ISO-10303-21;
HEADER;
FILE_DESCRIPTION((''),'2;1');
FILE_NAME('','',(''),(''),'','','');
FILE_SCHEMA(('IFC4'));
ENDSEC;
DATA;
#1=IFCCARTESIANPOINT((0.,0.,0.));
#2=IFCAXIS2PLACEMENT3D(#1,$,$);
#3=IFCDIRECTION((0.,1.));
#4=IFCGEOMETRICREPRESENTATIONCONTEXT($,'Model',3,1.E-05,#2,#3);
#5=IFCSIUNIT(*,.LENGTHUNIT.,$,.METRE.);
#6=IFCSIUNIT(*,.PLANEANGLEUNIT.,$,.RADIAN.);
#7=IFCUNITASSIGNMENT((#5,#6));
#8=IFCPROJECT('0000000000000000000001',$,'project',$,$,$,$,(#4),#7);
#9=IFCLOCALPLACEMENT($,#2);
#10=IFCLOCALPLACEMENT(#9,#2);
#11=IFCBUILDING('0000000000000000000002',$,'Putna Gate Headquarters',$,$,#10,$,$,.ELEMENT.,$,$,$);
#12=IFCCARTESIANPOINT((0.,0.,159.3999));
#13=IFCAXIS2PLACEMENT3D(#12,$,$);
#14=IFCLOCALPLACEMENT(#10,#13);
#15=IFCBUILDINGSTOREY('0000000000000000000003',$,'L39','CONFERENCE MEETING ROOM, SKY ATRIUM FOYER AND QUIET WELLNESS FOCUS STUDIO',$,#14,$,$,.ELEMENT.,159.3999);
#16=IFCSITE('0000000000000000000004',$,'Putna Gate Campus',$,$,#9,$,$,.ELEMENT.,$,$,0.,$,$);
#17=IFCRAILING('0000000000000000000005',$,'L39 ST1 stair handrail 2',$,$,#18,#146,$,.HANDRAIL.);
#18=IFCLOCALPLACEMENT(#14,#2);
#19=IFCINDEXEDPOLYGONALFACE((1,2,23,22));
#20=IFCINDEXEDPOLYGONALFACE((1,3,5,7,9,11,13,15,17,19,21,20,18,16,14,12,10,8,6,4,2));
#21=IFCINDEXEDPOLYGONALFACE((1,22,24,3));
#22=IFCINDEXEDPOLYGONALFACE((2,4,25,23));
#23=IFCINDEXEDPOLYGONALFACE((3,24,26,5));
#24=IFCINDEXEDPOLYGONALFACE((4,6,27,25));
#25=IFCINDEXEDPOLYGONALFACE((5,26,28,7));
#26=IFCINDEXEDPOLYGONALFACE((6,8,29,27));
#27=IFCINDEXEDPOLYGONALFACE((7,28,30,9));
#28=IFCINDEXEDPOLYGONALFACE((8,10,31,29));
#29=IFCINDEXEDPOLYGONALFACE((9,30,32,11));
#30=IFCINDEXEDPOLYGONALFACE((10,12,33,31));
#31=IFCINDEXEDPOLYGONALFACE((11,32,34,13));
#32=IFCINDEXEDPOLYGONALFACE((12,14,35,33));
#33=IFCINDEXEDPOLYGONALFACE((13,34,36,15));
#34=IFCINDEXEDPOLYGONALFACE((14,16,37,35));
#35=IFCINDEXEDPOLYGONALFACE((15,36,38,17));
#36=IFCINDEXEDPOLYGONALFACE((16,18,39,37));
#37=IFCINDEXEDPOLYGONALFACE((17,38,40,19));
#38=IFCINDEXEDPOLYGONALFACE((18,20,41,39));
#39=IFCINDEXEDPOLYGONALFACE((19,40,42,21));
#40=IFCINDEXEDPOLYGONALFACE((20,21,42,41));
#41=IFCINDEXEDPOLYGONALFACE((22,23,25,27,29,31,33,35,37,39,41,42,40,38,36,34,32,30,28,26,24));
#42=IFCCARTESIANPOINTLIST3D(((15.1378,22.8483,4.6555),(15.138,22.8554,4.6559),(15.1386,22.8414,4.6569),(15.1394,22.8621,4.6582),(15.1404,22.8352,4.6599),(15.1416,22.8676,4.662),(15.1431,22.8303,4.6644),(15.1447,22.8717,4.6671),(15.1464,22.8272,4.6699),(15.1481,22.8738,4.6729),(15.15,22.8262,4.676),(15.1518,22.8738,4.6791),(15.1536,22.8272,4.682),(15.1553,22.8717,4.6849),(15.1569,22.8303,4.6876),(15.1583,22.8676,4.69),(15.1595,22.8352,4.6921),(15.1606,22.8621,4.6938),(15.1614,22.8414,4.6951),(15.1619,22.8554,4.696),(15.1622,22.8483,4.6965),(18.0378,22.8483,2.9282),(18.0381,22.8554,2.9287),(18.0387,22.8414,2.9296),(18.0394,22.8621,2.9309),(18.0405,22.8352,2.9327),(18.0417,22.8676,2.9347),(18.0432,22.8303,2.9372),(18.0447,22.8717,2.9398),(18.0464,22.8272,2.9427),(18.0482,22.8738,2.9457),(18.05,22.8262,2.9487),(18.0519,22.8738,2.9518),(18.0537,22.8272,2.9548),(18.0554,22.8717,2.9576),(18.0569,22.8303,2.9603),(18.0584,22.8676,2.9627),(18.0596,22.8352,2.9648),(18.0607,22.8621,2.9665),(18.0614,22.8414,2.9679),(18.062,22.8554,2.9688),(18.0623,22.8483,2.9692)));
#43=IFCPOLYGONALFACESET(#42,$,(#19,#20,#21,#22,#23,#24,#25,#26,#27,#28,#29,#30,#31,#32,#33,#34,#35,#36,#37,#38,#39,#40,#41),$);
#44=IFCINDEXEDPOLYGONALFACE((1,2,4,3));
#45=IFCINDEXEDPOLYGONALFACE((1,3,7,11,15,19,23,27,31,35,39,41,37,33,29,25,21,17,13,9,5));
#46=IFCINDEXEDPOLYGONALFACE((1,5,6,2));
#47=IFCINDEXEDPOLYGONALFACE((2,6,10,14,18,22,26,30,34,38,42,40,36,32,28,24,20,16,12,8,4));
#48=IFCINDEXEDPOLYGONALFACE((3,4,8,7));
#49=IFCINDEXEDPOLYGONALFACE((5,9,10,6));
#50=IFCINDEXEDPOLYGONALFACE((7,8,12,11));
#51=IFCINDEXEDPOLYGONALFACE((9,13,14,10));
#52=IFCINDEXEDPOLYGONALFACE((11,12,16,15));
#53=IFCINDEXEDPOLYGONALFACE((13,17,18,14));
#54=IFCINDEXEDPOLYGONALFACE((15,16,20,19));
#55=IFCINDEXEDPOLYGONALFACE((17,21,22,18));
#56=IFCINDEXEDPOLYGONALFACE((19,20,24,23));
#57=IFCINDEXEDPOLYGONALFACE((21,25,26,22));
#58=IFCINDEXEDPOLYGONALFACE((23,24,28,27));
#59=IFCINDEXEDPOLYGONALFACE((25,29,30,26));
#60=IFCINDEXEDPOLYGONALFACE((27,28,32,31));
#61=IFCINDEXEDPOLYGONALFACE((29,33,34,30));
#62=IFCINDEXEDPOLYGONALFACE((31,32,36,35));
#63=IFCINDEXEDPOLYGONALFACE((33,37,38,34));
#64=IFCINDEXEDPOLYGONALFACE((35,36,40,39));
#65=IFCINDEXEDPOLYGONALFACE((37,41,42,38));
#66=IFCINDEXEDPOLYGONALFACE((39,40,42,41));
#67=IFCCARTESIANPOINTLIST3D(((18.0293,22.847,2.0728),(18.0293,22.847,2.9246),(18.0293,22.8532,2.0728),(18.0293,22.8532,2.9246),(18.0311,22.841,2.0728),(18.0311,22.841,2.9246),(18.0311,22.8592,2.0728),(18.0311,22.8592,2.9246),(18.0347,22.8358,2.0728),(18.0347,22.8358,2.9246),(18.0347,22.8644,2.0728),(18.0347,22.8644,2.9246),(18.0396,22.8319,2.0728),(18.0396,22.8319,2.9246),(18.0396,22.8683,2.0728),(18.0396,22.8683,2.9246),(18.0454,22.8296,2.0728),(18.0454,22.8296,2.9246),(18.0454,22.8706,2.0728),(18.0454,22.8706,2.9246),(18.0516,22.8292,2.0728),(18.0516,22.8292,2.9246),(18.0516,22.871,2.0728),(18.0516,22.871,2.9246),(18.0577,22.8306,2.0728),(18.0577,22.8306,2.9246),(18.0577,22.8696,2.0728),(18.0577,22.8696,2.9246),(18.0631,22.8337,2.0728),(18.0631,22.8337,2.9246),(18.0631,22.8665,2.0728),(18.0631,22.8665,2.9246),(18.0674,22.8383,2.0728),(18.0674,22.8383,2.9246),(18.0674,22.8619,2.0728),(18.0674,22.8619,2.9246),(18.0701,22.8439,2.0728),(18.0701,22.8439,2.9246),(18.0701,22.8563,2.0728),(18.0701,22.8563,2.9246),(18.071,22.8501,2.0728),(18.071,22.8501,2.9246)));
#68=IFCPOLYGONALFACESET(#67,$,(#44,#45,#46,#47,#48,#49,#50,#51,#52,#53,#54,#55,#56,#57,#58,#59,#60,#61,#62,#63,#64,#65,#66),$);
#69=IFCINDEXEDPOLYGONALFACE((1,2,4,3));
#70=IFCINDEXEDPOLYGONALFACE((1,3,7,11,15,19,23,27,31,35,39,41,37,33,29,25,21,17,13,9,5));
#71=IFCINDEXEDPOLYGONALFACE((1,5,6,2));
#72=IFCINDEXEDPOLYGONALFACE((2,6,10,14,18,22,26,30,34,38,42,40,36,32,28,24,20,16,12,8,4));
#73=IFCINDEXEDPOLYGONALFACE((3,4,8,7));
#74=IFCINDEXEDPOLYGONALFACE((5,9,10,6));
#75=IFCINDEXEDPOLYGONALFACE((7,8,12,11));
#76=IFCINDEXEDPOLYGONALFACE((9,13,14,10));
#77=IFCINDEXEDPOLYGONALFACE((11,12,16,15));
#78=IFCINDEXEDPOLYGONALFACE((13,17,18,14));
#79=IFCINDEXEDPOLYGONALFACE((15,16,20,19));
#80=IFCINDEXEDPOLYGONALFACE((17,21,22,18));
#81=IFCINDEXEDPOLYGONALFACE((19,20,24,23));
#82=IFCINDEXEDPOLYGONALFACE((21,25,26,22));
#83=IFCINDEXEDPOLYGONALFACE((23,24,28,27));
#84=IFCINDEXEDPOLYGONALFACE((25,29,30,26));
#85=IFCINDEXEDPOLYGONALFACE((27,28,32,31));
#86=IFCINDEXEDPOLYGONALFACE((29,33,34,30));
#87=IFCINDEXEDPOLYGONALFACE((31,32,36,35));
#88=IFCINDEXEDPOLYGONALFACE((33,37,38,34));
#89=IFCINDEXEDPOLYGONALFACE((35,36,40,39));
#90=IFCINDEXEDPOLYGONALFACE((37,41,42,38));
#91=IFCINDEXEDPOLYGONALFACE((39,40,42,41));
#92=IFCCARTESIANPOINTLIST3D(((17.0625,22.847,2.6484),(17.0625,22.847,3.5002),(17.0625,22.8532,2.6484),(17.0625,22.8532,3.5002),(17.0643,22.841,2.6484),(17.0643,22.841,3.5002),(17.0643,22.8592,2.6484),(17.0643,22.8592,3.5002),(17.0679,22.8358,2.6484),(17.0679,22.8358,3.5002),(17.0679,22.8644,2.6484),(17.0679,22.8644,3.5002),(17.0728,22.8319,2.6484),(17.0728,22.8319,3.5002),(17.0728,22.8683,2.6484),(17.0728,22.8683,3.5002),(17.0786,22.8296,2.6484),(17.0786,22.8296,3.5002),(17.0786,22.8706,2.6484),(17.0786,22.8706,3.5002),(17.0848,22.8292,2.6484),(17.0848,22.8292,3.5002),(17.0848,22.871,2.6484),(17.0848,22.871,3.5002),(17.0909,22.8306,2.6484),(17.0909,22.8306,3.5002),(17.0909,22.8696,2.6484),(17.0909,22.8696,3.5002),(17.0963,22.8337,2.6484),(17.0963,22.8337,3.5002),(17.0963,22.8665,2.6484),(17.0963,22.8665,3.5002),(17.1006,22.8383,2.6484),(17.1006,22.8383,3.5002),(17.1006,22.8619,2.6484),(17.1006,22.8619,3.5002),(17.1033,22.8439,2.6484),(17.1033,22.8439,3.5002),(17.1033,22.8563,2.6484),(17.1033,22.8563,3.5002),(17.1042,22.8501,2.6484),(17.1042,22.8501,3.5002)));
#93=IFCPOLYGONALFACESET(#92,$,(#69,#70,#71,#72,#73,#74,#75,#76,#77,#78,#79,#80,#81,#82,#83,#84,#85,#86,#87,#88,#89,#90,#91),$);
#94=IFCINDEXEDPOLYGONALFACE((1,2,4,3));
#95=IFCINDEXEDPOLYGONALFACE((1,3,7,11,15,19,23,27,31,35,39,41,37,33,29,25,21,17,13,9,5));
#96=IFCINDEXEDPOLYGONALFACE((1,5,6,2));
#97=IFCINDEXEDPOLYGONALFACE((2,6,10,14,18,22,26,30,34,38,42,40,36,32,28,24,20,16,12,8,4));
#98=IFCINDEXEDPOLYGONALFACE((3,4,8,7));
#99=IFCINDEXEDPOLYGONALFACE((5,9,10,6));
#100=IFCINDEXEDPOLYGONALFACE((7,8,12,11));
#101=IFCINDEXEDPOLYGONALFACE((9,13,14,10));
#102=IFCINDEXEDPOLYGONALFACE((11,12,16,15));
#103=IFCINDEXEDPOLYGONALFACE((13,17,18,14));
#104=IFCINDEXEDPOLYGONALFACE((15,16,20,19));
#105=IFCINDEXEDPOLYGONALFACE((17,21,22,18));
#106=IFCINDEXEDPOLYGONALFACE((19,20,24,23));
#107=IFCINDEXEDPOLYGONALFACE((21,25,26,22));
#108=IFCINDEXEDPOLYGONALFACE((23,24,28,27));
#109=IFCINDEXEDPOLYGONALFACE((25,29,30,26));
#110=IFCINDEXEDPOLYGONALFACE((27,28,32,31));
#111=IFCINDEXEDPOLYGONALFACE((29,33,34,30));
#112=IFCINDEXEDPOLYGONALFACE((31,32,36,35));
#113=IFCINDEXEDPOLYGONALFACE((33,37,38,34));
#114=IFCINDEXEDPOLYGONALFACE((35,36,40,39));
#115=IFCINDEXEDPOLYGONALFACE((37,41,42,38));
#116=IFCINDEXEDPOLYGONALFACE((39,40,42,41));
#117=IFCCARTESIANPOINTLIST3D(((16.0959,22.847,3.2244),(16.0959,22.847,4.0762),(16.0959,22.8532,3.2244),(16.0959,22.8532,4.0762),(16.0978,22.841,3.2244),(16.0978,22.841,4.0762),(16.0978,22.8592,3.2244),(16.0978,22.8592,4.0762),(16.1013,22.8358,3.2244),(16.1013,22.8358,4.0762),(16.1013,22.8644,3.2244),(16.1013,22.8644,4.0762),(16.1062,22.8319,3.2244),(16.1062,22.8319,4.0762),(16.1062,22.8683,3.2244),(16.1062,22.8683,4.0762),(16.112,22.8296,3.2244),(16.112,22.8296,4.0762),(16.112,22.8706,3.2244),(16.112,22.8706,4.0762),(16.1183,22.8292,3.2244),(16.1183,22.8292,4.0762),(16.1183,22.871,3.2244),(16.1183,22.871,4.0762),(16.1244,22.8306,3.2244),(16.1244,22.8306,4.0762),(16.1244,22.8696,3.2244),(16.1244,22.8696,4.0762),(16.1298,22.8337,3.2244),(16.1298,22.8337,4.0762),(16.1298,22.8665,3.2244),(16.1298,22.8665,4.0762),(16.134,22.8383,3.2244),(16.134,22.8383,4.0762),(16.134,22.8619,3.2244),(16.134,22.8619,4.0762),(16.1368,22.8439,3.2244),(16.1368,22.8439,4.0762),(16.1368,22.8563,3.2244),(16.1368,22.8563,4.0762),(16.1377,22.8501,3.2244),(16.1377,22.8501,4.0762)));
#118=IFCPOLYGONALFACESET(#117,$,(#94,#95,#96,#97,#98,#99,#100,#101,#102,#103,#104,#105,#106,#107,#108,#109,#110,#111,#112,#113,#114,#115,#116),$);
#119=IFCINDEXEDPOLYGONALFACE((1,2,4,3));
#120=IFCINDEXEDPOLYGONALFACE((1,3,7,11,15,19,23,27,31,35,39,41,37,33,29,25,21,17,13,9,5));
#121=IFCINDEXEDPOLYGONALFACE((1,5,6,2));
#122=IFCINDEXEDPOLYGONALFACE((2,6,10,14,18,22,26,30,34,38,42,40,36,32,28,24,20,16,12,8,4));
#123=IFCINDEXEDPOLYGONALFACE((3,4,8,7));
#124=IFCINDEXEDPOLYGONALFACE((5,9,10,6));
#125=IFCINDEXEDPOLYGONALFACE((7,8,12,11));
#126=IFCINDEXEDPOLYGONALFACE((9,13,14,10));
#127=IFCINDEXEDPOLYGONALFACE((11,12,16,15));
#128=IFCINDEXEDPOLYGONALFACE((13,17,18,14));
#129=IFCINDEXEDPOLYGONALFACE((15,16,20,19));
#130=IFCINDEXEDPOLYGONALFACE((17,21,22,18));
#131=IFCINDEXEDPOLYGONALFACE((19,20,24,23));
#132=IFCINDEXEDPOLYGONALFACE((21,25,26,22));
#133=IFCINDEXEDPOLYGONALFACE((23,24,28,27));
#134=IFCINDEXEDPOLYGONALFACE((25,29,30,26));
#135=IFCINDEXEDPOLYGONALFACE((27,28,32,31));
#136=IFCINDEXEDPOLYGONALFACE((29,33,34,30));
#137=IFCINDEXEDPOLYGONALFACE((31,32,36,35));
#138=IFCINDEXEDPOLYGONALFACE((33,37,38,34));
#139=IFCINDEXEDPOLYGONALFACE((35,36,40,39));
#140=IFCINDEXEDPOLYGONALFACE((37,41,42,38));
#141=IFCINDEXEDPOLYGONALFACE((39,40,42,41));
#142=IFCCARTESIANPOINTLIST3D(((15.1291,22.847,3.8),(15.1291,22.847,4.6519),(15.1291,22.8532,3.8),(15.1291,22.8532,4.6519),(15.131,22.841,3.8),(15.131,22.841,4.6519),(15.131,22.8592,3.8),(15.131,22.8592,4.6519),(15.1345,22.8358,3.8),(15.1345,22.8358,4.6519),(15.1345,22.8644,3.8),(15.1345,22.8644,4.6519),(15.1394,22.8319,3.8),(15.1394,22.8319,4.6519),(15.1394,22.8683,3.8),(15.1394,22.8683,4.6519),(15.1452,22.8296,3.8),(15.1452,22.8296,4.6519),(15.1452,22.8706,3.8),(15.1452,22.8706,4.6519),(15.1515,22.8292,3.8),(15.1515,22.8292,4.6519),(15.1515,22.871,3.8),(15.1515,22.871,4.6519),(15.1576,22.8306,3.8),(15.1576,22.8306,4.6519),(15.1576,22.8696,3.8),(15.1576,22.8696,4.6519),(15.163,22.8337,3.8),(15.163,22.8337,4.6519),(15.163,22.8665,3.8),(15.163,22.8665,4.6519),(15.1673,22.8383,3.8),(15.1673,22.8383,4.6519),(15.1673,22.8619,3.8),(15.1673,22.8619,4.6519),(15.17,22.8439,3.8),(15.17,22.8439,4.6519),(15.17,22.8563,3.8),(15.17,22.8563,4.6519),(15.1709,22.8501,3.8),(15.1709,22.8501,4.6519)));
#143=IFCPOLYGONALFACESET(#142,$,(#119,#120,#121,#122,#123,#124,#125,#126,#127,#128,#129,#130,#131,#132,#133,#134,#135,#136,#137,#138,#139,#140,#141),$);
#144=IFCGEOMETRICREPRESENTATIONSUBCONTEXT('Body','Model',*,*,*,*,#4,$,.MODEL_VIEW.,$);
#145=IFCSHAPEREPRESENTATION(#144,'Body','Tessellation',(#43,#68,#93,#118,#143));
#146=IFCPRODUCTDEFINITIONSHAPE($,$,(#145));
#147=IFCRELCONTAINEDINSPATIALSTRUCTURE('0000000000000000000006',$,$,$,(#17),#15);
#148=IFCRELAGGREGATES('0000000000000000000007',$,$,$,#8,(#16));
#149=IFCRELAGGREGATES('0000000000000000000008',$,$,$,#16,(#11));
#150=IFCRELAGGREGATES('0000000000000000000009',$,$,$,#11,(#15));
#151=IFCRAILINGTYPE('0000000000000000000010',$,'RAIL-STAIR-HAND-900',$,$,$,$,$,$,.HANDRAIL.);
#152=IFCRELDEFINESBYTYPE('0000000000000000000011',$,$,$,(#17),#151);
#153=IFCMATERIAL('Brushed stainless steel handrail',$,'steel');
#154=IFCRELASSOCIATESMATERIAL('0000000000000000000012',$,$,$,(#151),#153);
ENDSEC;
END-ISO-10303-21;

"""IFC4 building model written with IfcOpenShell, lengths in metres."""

from ifc_helpers import new_model, si_unit, direction, frame, origin, origin_2d, place, context, subcontext, project, spatial, circle, extrude, material, type_object, element, save


model = new_model("IFC4")

# Units and contexts
model_context = context("Model", 3, precision=1e-05, world=origin(), true_north=direction((0.0, 1.0)))
body_context = subcontext(model_context, "Body", "Model", "MODEL_VIEW")
ifc_project = project(units=[si_unit("LENGTHUNIT", "METRE"), si_unit("PLANEANGLEUNIT", "RADIAN")], contexts=[model_context])

# Site, building, storey
site_placement = place(None, origin())
site = spatial("IfcSite", under=ifc_project, at=site_placement, Name="Putna Gate Campus", CompositionType="ELEMENT", RefElevation=0.0)
building_placement = place(site_placement, origin())
building = spatial("IfcBuilding", under=site, at=building_placement, Name="Putna Gate Headquarters", CompositionType="ELEMENT")
storey_placement = place(building_placement, frame((0.0, 0.0, 159.3999)))
storey = spatial("IfcBuildingStorey", under=building, at=storey_placement, Name="L39", Description="CONFERENCE MEETING ROOM, SKY ATRIUM FOYER AND QUIET WELLNESS FOCUS STUDIO", CompositionType="ELEMENT", Elevation=159.3999)

# Railing
ifc_material_1 = material(Name="Brushed stainless steel handrail", Category="steel")
railing_type_1 = type_object("IfcRailingType", Name="RAIL-STAIR-HAND-900", PredefinedType="HANDRAIL", material=ifc_material_1)
railing_1_placement = place(storey_placement, frame((18.05, 22.8501, 2.0728)))
element("IfcRailing", 1, at=railing_1_placement, inside=storey, type_object=railing_type_1, Name="L39 ST1 stair handrail 2", PredefinedType="HANDRAIL", context=body_context, shape_type="SweptSolid", body=[
    extrude(circle(Radius=0.0239, at=origin_2d()), frame((0.0, 0.0, 0.876), z_axis=(-0.85916, 0.0, 0.511706), x_axis=(0.0, -1.0, 0.0)), (0.0, 0.0, 1.0), 3.3755),
    extrude(circle(Radius=0.021, at=origin_2d()), origin(), (0.0, 0.0, 1.0), 0.8518),
    extrude(circle(Radius=0.021, at=origin_2d()), frame((-0.9668, 0.0, 0.5757)), (0.0, 0.0, 1.0), 0.8518),
    extrude(circle(Radius=0.021, at=origin_2d()), frame((-1.9333, 0.0, 1.1516)), (0.0, 0.0, 1.0), 0.8518),
    extrude(circle(Radius=0.021, at=origin_2d()), frame((-2.9001, 0.0, 1.7273)), (0.0, 0.0, 1.0), 0.8518),
])

save(model, "model.ifc")
